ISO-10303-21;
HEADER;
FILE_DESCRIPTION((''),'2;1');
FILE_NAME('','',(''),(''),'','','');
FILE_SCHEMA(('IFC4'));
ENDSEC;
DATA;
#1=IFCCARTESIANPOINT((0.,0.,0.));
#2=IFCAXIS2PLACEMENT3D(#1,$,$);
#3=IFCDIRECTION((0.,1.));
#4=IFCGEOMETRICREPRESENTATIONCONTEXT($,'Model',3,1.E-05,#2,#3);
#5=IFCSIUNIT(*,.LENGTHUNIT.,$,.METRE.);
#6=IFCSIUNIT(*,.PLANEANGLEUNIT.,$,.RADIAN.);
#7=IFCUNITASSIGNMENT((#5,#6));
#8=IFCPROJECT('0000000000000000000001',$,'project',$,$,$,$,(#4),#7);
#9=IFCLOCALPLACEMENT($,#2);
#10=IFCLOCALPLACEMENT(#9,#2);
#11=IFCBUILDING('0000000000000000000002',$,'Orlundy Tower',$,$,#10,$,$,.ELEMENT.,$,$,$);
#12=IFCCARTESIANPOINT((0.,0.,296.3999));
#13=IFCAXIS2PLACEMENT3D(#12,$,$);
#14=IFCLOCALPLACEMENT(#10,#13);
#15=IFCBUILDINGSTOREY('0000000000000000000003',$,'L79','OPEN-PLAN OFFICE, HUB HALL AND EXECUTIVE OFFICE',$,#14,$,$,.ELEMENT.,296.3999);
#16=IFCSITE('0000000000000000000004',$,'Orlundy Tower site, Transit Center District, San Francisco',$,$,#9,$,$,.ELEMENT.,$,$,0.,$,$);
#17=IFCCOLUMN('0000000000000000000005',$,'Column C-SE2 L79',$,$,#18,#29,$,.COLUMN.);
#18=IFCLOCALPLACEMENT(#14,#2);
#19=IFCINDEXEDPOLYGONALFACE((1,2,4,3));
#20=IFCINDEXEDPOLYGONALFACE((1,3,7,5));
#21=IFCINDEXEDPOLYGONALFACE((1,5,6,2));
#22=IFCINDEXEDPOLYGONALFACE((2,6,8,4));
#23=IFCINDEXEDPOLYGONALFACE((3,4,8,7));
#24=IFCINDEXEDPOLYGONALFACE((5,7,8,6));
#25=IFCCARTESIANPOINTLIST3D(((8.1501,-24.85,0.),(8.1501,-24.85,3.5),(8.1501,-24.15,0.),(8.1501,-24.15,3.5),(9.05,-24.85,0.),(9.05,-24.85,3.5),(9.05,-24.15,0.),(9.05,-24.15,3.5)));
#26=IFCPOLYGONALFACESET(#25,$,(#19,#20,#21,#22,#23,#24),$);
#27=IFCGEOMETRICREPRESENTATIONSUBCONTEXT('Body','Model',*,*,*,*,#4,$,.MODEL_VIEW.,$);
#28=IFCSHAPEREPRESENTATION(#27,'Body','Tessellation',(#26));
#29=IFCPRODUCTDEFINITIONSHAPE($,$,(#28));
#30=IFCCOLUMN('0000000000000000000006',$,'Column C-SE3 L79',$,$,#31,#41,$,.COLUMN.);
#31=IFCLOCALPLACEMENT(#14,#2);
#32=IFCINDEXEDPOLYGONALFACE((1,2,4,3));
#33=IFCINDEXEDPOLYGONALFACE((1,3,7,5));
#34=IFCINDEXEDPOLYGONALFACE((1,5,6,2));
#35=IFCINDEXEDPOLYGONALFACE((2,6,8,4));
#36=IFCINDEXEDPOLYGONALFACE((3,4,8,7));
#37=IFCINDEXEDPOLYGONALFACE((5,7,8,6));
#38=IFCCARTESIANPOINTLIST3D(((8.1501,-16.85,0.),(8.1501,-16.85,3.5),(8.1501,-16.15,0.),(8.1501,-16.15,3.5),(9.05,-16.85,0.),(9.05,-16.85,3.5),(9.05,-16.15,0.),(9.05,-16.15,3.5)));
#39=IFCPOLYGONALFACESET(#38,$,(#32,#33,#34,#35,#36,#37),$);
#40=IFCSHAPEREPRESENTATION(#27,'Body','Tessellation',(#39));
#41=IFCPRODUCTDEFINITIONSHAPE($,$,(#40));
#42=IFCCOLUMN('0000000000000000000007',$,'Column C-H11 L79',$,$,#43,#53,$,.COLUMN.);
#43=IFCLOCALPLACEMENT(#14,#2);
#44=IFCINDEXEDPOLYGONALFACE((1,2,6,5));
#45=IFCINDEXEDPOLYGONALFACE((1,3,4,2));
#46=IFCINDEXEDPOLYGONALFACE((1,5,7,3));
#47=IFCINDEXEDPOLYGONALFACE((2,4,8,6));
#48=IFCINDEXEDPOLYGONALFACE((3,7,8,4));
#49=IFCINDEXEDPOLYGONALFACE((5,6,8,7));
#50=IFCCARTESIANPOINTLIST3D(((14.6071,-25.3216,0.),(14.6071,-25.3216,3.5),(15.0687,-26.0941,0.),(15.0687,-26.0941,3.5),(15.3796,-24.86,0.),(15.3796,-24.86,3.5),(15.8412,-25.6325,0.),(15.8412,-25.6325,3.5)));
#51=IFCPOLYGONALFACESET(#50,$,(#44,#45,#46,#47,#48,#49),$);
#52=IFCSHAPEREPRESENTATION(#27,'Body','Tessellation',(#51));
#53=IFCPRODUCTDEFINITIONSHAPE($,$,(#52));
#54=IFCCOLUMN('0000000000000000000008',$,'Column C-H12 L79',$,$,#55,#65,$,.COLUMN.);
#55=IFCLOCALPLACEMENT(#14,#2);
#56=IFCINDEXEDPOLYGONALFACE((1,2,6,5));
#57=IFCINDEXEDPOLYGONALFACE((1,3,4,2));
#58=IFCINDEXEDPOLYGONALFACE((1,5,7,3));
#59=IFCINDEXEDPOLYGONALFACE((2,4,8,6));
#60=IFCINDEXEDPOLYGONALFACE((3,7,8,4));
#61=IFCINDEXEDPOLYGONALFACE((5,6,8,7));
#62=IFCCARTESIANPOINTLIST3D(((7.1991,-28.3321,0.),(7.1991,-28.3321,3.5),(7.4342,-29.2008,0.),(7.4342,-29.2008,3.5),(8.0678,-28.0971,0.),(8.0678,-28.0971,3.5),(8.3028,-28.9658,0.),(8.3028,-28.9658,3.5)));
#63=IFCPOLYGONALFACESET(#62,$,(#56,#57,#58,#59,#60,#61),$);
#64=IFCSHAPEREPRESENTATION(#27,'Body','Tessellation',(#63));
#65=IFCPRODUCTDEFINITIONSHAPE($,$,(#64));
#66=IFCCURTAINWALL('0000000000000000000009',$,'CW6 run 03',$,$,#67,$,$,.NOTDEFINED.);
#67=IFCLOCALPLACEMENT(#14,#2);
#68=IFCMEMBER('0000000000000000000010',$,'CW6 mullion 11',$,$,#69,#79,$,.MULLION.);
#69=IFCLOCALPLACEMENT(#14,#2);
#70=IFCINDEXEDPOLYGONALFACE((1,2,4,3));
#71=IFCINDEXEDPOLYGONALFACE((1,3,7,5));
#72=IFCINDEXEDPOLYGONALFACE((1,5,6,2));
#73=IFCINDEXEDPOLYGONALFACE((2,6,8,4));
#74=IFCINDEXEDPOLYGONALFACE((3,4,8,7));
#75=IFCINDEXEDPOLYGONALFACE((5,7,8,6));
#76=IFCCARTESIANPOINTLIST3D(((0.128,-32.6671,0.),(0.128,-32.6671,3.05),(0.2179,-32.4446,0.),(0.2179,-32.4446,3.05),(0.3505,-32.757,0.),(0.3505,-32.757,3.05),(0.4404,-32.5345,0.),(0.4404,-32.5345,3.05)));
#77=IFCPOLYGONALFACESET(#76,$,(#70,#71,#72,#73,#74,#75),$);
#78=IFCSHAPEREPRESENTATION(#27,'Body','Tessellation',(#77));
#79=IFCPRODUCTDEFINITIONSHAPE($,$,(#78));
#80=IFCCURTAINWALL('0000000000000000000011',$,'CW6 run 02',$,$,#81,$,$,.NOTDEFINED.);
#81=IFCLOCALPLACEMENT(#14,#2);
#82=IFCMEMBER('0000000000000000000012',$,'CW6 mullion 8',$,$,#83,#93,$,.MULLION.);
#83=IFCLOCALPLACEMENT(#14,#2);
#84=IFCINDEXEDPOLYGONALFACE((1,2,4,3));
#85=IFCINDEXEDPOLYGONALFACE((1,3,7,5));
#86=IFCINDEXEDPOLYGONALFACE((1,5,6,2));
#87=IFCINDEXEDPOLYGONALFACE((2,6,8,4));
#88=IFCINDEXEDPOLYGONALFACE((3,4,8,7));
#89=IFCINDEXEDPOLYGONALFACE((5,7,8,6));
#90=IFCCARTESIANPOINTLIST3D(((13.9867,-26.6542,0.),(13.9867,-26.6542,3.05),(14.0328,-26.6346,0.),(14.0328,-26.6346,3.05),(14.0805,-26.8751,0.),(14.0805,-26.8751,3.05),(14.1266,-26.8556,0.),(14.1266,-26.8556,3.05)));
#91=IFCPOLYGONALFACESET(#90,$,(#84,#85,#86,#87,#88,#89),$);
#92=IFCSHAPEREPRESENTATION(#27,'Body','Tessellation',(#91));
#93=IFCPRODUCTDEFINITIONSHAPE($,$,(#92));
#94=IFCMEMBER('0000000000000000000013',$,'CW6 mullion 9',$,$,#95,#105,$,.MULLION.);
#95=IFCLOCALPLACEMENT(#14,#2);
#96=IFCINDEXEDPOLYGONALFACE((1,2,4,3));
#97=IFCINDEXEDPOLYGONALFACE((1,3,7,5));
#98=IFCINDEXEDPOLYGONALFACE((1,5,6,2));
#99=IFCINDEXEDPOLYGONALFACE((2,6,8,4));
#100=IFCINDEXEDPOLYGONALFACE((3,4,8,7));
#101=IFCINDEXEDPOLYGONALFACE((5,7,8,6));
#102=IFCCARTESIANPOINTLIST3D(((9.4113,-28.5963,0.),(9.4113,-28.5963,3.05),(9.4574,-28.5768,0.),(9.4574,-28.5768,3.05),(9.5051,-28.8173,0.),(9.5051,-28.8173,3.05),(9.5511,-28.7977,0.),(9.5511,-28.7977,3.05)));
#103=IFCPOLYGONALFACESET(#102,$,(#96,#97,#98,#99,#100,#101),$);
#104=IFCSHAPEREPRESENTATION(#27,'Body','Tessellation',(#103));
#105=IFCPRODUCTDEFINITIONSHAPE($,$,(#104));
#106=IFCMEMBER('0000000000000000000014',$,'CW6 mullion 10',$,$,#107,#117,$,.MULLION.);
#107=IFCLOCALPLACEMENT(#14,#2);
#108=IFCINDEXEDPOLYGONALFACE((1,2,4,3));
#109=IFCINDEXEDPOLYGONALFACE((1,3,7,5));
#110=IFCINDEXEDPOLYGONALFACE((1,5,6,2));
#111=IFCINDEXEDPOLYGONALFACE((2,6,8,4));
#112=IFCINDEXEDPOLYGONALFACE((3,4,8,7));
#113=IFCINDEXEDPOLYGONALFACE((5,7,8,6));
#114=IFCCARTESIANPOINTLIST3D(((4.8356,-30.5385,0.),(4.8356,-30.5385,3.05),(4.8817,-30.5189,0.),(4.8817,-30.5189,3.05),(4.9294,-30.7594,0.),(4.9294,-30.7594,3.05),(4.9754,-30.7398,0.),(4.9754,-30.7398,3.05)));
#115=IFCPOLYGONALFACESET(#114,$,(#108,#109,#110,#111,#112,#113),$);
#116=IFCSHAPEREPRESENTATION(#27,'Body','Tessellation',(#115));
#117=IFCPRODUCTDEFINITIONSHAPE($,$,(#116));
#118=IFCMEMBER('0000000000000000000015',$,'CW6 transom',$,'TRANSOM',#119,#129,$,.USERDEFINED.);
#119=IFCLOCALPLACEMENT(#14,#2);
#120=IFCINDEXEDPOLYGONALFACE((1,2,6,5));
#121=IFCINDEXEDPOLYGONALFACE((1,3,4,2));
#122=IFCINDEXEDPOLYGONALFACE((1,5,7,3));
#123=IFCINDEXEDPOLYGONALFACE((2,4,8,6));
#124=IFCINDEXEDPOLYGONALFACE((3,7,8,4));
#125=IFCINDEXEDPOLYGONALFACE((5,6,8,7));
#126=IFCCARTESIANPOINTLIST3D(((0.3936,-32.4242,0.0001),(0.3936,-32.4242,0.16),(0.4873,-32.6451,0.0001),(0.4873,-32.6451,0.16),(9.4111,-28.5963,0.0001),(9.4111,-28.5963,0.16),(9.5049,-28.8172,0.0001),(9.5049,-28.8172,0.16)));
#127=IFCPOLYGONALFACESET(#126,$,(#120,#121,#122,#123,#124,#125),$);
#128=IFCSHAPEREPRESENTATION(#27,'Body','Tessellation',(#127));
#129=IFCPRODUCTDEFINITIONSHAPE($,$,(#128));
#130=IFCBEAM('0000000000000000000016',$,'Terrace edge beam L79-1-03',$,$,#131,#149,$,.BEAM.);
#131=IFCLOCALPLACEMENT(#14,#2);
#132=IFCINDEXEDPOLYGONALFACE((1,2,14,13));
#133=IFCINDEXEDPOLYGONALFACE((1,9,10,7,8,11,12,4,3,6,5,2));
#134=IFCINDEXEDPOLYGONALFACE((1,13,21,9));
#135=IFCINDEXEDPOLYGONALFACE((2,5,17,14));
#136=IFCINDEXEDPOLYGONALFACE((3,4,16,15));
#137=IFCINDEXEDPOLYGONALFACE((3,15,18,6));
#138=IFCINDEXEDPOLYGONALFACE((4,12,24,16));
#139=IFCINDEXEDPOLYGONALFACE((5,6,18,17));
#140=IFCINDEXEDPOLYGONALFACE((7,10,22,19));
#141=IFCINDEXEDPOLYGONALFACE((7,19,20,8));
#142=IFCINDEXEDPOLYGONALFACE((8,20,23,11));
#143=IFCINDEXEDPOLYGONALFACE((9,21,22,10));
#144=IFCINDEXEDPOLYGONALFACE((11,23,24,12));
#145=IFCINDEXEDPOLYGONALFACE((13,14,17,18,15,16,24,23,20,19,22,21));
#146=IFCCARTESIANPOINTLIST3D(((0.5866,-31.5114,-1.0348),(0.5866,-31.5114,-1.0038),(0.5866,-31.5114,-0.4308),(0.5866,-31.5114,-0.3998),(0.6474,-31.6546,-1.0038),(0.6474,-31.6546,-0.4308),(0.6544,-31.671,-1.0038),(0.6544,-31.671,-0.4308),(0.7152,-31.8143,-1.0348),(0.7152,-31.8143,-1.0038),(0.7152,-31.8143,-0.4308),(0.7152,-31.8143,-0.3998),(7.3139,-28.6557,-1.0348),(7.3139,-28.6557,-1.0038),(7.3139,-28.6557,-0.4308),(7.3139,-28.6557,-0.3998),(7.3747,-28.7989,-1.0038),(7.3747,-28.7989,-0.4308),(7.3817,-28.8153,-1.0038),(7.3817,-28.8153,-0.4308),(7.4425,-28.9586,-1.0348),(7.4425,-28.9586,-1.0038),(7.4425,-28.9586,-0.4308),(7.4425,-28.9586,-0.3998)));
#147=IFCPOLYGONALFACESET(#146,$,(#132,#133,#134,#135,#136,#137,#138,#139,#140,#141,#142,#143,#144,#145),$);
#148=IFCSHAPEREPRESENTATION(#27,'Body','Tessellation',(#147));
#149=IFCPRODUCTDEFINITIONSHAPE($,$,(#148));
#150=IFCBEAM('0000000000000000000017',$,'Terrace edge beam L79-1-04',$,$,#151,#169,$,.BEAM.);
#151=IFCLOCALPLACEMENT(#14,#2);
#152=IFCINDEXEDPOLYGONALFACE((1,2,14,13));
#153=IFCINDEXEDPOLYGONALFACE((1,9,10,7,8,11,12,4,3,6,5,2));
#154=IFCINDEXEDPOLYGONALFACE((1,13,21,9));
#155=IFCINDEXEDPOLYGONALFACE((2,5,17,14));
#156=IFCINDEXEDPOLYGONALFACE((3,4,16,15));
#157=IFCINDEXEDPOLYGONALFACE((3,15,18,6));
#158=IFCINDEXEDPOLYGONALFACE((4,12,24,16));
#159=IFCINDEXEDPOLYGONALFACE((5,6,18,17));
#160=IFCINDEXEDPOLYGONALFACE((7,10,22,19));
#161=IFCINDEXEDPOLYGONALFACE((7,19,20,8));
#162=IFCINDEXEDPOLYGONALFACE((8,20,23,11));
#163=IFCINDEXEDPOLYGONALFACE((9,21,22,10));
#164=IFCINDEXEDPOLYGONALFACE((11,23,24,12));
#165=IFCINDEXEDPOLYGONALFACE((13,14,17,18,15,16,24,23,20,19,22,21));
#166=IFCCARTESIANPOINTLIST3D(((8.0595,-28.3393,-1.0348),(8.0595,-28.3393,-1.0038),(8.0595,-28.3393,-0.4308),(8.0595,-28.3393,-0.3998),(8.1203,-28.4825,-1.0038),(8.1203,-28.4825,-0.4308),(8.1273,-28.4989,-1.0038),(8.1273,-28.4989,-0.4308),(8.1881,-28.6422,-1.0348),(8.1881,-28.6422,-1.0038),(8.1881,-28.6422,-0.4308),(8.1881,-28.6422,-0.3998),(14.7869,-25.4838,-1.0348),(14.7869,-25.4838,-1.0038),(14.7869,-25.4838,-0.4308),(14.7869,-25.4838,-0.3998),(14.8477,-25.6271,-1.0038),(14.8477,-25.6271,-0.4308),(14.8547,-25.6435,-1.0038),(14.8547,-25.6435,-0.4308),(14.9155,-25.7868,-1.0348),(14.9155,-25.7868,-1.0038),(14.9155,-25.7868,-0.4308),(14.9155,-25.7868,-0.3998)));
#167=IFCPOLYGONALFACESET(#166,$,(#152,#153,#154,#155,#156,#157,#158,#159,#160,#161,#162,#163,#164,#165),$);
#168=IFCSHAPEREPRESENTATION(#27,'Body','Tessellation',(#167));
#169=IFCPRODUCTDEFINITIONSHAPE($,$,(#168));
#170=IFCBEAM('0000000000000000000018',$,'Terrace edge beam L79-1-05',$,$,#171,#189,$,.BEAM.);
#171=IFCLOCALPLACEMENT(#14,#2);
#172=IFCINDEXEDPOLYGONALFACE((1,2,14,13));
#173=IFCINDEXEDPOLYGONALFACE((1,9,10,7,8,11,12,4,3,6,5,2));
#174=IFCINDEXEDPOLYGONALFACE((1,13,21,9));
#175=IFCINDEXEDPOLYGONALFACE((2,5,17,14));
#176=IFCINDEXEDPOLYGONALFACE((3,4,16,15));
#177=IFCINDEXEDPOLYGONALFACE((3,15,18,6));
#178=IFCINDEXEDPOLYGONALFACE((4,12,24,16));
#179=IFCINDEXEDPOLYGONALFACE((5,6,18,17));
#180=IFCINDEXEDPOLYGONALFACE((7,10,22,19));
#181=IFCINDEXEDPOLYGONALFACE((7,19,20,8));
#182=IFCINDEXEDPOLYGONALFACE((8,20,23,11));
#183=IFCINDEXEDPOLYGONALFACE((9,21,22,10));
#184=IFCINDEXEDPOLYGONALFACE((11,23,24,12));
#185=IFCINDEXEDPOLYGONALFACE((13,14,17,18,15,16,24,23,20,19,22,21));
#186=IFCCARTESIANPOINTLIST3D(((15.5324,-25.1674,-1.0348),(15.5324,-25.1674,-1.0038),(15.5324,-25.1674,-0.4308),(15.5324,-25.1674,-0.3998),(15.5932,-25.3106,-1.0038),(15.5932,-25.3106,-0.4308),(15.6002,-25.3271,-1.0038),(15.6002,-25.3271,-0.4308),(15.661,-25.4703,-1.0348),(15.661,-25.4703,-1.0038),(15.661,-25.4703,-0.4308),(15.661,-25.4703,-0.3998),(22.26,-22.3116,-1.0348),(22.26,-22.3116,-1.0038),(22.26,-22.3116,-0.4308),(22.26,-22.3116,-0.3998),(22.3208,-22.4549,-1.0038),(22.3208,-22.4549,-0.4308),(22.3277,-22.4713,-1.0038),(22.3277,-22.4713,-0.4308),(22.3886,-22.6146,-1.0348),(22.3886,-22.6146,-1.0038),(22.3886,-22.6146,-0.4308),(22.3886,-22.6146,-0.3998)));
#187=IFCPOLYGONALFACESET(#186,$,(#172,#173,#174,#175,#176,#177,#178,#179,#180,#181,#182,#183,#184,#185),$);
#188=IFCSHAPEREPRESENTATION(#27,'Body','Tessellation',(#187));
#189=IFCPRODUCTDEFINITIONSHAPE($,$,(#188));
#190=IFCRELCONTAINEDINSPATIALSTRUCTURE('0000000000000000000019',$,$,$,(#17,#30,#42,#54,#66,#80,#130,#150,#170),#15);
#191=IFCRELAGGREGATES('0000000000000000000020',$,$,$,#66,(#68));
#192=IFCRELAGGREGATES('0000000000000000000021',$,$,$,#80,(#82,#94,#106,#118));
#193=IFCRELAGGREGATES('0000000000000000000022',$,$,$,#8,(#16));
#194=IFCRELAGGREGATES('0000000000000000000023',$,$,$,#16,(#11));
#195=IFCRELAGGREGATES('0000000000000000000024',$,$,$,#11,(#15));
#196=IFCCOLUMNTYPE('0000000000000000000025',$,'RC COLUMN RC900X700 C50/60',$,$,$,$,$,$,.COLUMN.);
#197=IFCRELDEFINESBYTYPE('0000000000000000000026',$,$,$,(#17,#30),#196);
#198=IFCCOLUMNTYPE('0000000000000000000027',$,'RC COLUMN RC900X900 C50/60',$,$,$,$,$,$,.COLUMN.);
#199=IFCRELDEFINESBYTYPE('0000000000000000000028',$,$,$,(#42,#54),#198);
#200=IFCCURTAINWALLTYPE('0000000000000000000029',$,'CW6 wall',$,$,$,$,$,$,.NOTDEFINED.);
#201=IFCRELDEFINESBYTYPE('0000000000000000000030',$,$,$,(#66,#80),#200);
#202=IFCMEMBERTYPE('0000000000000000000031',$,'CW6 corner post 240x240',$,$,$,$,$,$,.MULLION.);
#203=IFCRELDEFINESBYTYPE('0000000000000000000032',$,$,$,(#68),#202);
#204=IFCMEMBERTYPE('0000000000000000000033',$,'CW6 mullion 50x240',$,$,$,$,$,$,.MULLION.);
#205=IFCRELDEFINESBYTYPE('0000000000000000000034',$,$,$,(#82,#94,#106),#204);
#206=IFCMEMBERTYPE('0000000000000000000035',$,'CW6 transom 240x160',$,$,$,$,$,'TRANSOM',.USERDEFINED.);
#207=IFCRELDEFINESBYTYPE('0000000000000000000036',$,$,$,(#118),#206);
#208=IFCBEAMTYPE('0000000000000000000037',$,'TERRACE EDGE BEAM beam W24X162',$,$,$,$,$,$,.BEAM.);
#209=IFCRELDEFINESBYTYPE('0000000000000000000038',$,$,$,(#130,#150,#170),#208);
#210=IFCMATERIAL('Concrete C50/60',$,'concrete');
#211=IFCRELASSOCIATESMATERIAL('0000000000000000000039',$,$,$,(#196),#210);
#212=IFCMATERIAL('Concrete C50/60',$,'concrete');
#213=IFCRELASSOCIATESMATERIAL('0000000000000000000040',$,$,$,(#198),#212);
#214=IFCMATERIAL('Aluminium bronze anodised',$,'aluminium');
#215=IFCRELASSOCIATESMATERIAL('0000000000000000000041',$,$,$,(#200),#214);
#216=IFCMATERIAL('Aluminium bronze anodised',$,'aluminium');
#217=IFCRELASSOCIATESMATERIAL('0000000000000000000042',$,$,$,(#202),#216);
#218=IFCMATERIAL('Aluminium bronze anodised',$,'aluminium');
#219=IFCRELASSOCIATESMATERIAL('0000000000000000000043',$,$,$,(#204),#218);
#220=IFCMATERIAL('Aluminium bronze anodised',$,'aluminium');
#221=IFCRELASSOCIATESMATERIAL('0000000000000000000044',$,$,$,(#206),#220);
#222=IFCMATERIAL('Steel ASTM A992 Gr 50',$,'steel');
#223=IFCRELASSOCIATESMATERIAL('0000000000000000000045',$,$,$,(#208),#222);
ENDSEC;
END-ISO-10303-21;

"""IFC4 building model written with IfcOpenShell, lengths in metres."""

from ifc_helpers import new_model, si_unit, direction, frame, origin, origin_2d, place, context, subcontext, project, spatial, rectangle, i_section, extrude, material, material_profile, profile_set, type_object, element, aggregate, save


model = new_model("IFC4")

# Units and contexts
model_context = context("Model", 3, precision=1e-05, world=origin(), true_north=direction((0.0, 1.0)))
body_context = subcontext(model_context, "Body", "Model", "MODEL_VIEW")
ifc_project = project(units=[si_unit("LENGTHUNIT", "METRE"), si_unit("PLANEANGLEUNIT", "RADIAN")], contexts=[model_context])

# Site, building, storey
site_placement = place(None, origin())
site = spatial("IfcSite", under=ifc_project, at=site_placement, Name="Orlundy Tower site, Transit Center District, San Francisco", CompositionType="ELEMENT", RefElevation=0.0)
building_placement = place(site_placement, origin())
building = spatial("IfcBuilding", under=site, at=building_placement, Name="Orlundy Tower", CompositionType="ELEMENT")
storey_placement = place(building_placement, frame((0.0, 0.0, 296.3999)))
storey = spatial("IfcBuildingStorey", under=building, at=storey_placement, Name="L79", Description="OPEN-PLAN OFFICE, HUB HALL AND EXECUTIVE OFFICE", CompositionType="ELEMENT", Elevation=296.3999)

# Columns
ifc_material_1 = material(Name="Concrete C50/60", Category="concrete")
ifc_material_profile_1 = material_profile(ifc_material_1, rectangle(XDim=0.8999, YDim=0.7, at=origin_2d()), Name="RC900X700")
ifc_profile_set_1 = profile_set([ifc_material_profile_1], Name="Concrete C50/60")
column_type_1 = type_object("IfcColumnType", Name="RC COLUMN RC900X700 C50/60", PredefinedType="COLUMN", material=ifc_profile_set_1)
for number, where, z_axis, x_axis, name in (
    (1, (8.6001, -24.5, 0.0), (0.0, 0.0, 1.0), (1.0, 0.0, 0.0), "Column C-SE2 L79"),
    (2, (8.6001, -16.5, 0.0), (0.0, 0.0, 1.0), (1.0, 0.0, 0.0), "Column C-SE3 L79"),
):
    element("IfcColumn", number, at=place(storey_placement, frame(where, z_axis=z_axis, x_axis=x_axis)), inside=storey, type_object=column_type_1, Name=name, PredefinedType="COLUMN", context=body_context, shape_type="SweptSolid", body=[
        extrude(rectangle(XDim=0.8999, YDim=0.7, at=origin_2d()), origin(), (0.0, 0.0, 1.0), 3.5),
    ])
ifc_material_2 = material(Name="Concrete C50/60", Category="concrete")
ifc_material_profile_2 = material_profile(ifc_material_2, rectangle(XDim=0.8999, YDim=0.8999, at=origin_2d()), Name="RC900X900")
ifc_profile_set_2 = profile_set([ifc_material_profile_2], Name="Concrete C50/60")
column_type_2 = type_object("IfcColumnType", Name="RC COLUMN RC900X900 C50/60", PredefinedType="COLUMN", material=ifc_profile_set_2)
for number, where, z_axis, x_axis, name in (
    (3, (15.2241, -25.4771, 0.0), (0.0, 0.0, 1.0), (0.512957, -0.858414, 0.0), "Column C-H11 L79"),
    (4, (7.751, -28.6489, 0.0), (0.0, 0.0, 1.0), (0.261162, -0.965295, 0.0), "Column C-H12 L79"),
):
    element("IfcColumn", number, at=place(storey_placement, frame(where, z_axis=z_axis, x_axis=x_axis)), inside=storey, type_object=column_type_2, Name=name, PredefinedType="COLUMN", context=body_context, shape_type="SweptSolid", body=[
        extrude(rectangle(XDim=0.8999, YDim=0.8999, at=origin_2d()), origin(), (0.0, 0.0, 1.0), 3.5),
    ])

# Curtain wall, member
ifc_material_3 = material(Name="Aluminium bronze anodised", Category="aluminium")
curtain_wall_type = type_object("IfcCurtainWallType", Name="CW6 wall", PredefinedType="NOTDEFINED", material=ifc_material_3)
curtain_wall_1_placement = place(storey_placement, origin())
curtain_wall_1 = element("IfcCurtainWall", 5, at=curtain_wall_1_placement, inside=storey, type_object=curtain_wall_type, Name="CW6 run 03", PredefinedType="NOTDEFINED")
ifc_material_4 = material(Name="Aluminium bronze anodised", Category="aluminium")
ifc_material_profile_3 = material_profile(ifc_material_4, rectangle(XDim=0.24, YDim=0.24, at=origin_2d()), Name="CW6 corner post 240x240")
ifc_profile_set_3 = profile_set([ifc_material_profile_3], Name="Aluminium bronze anodised")
member_type_1 = type_object("IfcMemberType", Name="CW6 corner post 240x240", PredefinedType="MULLION", material=ifc_profile_set_3)
member_1_placement = place(storey_placement, frame((0.2842, -32.6008, 0.0), z_axis=(0.0, 0.0, 1.0), x_axis=(-0.374607, -0.927184, 0.0)))
member_1 = element("IfcMember", 6, at=member_1_placement, type_object=member_type_1, Name="CW6 mullion 11", PredefinedType="MULLION", context=body_context, shape_type="SweptSolid", body=[
    extrude(rectangle(XDim=0.24, YDim=0.24, at=origin_2d()), origin(), (0.0, 0.0, 1.0), 3.05),
])
aggregate(curtain_wall_1, [member_1])

# Curtain wall, members
curtain_wall_2_placement = place(storey_placement, origin())
curtain_wall_2 = element("IfcCurtainWall", 7, at=curtain_wall_2_placement, inside=storey, type_object=curtain_wall_type, Name="CW6 run 02", PredefinedType="NOTDEFINED")
ifc_material_5 = material(Name="Aluminium bronze anodised", Category="aluminium")
ifc_material_profile_4 = material_profile(ifc_material_5, rectangle(XDim=0.24, YDim=0.05, at=origin_2d()), Name="CW6 mullion 50x240")
ifc_profile_set_4 = profile_set([ifc_material_profile_4], Name="Aluminium bronze anodised")
member_type_2 = type_object("IfcMemberType", Name="CW6 mullion 50x240", PredefinedType="MULLION", material=ifc_profile_set_4)
member_2_placement = place(storey_placement, frame((14.0566, -26.7549, 0.0), z_axis=(0.0, 0.0, 1.0), x_axis=(0.390727, -0.920507, 0.0)))
member_2 = element("IfcMember", 8, at=member_2_placement, type_object=member_type_2, Name="CW6 mullion 8", PredefinedType="MULLION", context=body_context, shape_type="SweptSolid", body=[
    extrude(rectangle(XDim=0.24, YDim=0.05, at=origin_2d()), origin(), (0.0, 0.0, 1.0), 3.05),
])
member_3_placement = place(storey_placement, frame((9.4812, -28.697, 0.0), z_axis=(0.0, 0.0, 1.0), x_axis=(0.390727, -0.920507, 0.0)))
member_3 = element("IfcMember", 9, at=member_3_placement, type_object=member_type_2, Name="CW6 mullion 9", PredefinedType="MULLION", context=body_context, shape_type="SweptSolid", body=[
    extrude(rectangle(XDim=0.24, YDim=0.05, at=origin_2d()), origin(), (0.0, 0.0, 1.0), 3.05),
])
member_4_placement = place(storey_placement, frame((4.9055, -30.6392, 0.0), z_axis=(0.0, 0.0, 1.0), x_axis=(0.390727, -0.920507, 0.0)))
member_4 = element("IfcMember", 10, at=member_4_placement, type_object=member_type_2, Name="CW6 mullion 10", PredefinedType="MULLION", context=body_context, shape_type="SweptSolid", body=[
    extrude(rectangle(XDim=0.24, YDim=0.05, at=origin_2d()), origin(), (0.0, 0.0, 1.0), 3.05),
])
ifc_material_6 = material(Name="Aluminium bronze anodised", Category="aluminium")
ifc_material_profile_5 = material_profile(ifc_material_6, rectangle(XDim=0.24, YDim=0.1599, at=origin_2d()), Name="CW6 transom 240x160")
ifc_profile_set_5 = profile_set([ifc_material_profile_5], Name="Aluminium bronze anodised")
member_type_3 = type_object("IfcMemberType", Name="CW6 transom 240x160", ElementType="TRANSOM", PredefinedType="USERDEFINED", material=ifc_profile_set_5)
member_5_placement = place(storey_placement, frame((9.458, -28.7068, 0.0801), z_axis=(-0.920499, -0.390744, 0.0), x_axis=(0.390744, -0.920499, 0.0)))
member_5 = element("IfcMember", 11, at=member_5_placement, type_object=member_type_3, Name="CW6 transom", ObjectType="TRANSOM", PredefinedType="USERDEFINED", context=body_context, shape_type="SweptSolid", body=[
    extrude(rectangle(XDim=0.24, YDim=0.1599, at=origin_2d()), origin(), (0.0, 0.0, 1.0), 9.7964),
])

# Beams
ifc_material_7 = material(Name="Steel ASTM A992 Gr 50", Category="steel")
ifc_material_profile_6 = material_profile(ifc_material_7, i_section(OverallWidth=0.3291, OverallDepth=0.635, WebThickness=0.0178, FlangeThickness=0.031, at=origin_2d()), Name="W24X162")
ifc_profile_set_6 = profile_set([ifc_material_profile_6], Name="Steel ASTM A992 Gr 50")
beam_type = type_object("IfcBeamType", Name="TERRACE EDGE BEAM beam W24X162", PredefinedType="BEAM", material=ifc_profile_set_6)
for number, where, z_axis, x_axis, name in (
    (12, (0.6509, -31.6628, -0.7173), (0.920498, 0.390748, 0.0), (-0.390748, 0.920498, 0.0), "Terrace edge beam L79-1-03"),
    (13, (8.1238, -28.4907, -0.7173), (0.920515, 0.390708, 0.0), (-0.390708, 0.920515, 0.0), "Terrace edge beam L79-1-04"),
):
    element("IfcBeam", number, at=place(storey_placement, frame(where, z_axis=z_axis, x_axis=x_axis)), inside=storey, type_object=beam_type, Name=name, PredefinedType="BEAM", context=body_context, shape_type="SweptSolid", body=[
        extrude(i_section(OverallWidth=0.3291, OverallDepth=0.635, WebThickness=0.0178, FlangeThickness=0.031, at=origin_2d()), origin(), (0.0, 0.0, 1.0), 7.3083),
    ])
beam_placement = place(storey_placement, frame((15.5967, -25.3188, -0.7173), z_axis=(0.920503, 0.390736, 0.0), x_axis=(-0.390736, 0.920503, 0.0)))
element("IfcBeam", 14, at=beam_placement, inside=storey, type_object=beam_type, Name="Terrace edge beam L79-1-05", PredefinedType="BEAM", context=body_context, shape_type="SweptSolid", body=[
    extrude(i_section(OverallWidth=0.3291, OverallDepth=0.635, WebThickness=0.0178, FlangeThickness=0.031, at=origin_2d()), origin(), (0.0, 0.0, 1.0), 7.3086),
])

aggregate(curtain_wall_2, [member_2, member_3, member_4, member_5])

save(model, "model.ifc")
